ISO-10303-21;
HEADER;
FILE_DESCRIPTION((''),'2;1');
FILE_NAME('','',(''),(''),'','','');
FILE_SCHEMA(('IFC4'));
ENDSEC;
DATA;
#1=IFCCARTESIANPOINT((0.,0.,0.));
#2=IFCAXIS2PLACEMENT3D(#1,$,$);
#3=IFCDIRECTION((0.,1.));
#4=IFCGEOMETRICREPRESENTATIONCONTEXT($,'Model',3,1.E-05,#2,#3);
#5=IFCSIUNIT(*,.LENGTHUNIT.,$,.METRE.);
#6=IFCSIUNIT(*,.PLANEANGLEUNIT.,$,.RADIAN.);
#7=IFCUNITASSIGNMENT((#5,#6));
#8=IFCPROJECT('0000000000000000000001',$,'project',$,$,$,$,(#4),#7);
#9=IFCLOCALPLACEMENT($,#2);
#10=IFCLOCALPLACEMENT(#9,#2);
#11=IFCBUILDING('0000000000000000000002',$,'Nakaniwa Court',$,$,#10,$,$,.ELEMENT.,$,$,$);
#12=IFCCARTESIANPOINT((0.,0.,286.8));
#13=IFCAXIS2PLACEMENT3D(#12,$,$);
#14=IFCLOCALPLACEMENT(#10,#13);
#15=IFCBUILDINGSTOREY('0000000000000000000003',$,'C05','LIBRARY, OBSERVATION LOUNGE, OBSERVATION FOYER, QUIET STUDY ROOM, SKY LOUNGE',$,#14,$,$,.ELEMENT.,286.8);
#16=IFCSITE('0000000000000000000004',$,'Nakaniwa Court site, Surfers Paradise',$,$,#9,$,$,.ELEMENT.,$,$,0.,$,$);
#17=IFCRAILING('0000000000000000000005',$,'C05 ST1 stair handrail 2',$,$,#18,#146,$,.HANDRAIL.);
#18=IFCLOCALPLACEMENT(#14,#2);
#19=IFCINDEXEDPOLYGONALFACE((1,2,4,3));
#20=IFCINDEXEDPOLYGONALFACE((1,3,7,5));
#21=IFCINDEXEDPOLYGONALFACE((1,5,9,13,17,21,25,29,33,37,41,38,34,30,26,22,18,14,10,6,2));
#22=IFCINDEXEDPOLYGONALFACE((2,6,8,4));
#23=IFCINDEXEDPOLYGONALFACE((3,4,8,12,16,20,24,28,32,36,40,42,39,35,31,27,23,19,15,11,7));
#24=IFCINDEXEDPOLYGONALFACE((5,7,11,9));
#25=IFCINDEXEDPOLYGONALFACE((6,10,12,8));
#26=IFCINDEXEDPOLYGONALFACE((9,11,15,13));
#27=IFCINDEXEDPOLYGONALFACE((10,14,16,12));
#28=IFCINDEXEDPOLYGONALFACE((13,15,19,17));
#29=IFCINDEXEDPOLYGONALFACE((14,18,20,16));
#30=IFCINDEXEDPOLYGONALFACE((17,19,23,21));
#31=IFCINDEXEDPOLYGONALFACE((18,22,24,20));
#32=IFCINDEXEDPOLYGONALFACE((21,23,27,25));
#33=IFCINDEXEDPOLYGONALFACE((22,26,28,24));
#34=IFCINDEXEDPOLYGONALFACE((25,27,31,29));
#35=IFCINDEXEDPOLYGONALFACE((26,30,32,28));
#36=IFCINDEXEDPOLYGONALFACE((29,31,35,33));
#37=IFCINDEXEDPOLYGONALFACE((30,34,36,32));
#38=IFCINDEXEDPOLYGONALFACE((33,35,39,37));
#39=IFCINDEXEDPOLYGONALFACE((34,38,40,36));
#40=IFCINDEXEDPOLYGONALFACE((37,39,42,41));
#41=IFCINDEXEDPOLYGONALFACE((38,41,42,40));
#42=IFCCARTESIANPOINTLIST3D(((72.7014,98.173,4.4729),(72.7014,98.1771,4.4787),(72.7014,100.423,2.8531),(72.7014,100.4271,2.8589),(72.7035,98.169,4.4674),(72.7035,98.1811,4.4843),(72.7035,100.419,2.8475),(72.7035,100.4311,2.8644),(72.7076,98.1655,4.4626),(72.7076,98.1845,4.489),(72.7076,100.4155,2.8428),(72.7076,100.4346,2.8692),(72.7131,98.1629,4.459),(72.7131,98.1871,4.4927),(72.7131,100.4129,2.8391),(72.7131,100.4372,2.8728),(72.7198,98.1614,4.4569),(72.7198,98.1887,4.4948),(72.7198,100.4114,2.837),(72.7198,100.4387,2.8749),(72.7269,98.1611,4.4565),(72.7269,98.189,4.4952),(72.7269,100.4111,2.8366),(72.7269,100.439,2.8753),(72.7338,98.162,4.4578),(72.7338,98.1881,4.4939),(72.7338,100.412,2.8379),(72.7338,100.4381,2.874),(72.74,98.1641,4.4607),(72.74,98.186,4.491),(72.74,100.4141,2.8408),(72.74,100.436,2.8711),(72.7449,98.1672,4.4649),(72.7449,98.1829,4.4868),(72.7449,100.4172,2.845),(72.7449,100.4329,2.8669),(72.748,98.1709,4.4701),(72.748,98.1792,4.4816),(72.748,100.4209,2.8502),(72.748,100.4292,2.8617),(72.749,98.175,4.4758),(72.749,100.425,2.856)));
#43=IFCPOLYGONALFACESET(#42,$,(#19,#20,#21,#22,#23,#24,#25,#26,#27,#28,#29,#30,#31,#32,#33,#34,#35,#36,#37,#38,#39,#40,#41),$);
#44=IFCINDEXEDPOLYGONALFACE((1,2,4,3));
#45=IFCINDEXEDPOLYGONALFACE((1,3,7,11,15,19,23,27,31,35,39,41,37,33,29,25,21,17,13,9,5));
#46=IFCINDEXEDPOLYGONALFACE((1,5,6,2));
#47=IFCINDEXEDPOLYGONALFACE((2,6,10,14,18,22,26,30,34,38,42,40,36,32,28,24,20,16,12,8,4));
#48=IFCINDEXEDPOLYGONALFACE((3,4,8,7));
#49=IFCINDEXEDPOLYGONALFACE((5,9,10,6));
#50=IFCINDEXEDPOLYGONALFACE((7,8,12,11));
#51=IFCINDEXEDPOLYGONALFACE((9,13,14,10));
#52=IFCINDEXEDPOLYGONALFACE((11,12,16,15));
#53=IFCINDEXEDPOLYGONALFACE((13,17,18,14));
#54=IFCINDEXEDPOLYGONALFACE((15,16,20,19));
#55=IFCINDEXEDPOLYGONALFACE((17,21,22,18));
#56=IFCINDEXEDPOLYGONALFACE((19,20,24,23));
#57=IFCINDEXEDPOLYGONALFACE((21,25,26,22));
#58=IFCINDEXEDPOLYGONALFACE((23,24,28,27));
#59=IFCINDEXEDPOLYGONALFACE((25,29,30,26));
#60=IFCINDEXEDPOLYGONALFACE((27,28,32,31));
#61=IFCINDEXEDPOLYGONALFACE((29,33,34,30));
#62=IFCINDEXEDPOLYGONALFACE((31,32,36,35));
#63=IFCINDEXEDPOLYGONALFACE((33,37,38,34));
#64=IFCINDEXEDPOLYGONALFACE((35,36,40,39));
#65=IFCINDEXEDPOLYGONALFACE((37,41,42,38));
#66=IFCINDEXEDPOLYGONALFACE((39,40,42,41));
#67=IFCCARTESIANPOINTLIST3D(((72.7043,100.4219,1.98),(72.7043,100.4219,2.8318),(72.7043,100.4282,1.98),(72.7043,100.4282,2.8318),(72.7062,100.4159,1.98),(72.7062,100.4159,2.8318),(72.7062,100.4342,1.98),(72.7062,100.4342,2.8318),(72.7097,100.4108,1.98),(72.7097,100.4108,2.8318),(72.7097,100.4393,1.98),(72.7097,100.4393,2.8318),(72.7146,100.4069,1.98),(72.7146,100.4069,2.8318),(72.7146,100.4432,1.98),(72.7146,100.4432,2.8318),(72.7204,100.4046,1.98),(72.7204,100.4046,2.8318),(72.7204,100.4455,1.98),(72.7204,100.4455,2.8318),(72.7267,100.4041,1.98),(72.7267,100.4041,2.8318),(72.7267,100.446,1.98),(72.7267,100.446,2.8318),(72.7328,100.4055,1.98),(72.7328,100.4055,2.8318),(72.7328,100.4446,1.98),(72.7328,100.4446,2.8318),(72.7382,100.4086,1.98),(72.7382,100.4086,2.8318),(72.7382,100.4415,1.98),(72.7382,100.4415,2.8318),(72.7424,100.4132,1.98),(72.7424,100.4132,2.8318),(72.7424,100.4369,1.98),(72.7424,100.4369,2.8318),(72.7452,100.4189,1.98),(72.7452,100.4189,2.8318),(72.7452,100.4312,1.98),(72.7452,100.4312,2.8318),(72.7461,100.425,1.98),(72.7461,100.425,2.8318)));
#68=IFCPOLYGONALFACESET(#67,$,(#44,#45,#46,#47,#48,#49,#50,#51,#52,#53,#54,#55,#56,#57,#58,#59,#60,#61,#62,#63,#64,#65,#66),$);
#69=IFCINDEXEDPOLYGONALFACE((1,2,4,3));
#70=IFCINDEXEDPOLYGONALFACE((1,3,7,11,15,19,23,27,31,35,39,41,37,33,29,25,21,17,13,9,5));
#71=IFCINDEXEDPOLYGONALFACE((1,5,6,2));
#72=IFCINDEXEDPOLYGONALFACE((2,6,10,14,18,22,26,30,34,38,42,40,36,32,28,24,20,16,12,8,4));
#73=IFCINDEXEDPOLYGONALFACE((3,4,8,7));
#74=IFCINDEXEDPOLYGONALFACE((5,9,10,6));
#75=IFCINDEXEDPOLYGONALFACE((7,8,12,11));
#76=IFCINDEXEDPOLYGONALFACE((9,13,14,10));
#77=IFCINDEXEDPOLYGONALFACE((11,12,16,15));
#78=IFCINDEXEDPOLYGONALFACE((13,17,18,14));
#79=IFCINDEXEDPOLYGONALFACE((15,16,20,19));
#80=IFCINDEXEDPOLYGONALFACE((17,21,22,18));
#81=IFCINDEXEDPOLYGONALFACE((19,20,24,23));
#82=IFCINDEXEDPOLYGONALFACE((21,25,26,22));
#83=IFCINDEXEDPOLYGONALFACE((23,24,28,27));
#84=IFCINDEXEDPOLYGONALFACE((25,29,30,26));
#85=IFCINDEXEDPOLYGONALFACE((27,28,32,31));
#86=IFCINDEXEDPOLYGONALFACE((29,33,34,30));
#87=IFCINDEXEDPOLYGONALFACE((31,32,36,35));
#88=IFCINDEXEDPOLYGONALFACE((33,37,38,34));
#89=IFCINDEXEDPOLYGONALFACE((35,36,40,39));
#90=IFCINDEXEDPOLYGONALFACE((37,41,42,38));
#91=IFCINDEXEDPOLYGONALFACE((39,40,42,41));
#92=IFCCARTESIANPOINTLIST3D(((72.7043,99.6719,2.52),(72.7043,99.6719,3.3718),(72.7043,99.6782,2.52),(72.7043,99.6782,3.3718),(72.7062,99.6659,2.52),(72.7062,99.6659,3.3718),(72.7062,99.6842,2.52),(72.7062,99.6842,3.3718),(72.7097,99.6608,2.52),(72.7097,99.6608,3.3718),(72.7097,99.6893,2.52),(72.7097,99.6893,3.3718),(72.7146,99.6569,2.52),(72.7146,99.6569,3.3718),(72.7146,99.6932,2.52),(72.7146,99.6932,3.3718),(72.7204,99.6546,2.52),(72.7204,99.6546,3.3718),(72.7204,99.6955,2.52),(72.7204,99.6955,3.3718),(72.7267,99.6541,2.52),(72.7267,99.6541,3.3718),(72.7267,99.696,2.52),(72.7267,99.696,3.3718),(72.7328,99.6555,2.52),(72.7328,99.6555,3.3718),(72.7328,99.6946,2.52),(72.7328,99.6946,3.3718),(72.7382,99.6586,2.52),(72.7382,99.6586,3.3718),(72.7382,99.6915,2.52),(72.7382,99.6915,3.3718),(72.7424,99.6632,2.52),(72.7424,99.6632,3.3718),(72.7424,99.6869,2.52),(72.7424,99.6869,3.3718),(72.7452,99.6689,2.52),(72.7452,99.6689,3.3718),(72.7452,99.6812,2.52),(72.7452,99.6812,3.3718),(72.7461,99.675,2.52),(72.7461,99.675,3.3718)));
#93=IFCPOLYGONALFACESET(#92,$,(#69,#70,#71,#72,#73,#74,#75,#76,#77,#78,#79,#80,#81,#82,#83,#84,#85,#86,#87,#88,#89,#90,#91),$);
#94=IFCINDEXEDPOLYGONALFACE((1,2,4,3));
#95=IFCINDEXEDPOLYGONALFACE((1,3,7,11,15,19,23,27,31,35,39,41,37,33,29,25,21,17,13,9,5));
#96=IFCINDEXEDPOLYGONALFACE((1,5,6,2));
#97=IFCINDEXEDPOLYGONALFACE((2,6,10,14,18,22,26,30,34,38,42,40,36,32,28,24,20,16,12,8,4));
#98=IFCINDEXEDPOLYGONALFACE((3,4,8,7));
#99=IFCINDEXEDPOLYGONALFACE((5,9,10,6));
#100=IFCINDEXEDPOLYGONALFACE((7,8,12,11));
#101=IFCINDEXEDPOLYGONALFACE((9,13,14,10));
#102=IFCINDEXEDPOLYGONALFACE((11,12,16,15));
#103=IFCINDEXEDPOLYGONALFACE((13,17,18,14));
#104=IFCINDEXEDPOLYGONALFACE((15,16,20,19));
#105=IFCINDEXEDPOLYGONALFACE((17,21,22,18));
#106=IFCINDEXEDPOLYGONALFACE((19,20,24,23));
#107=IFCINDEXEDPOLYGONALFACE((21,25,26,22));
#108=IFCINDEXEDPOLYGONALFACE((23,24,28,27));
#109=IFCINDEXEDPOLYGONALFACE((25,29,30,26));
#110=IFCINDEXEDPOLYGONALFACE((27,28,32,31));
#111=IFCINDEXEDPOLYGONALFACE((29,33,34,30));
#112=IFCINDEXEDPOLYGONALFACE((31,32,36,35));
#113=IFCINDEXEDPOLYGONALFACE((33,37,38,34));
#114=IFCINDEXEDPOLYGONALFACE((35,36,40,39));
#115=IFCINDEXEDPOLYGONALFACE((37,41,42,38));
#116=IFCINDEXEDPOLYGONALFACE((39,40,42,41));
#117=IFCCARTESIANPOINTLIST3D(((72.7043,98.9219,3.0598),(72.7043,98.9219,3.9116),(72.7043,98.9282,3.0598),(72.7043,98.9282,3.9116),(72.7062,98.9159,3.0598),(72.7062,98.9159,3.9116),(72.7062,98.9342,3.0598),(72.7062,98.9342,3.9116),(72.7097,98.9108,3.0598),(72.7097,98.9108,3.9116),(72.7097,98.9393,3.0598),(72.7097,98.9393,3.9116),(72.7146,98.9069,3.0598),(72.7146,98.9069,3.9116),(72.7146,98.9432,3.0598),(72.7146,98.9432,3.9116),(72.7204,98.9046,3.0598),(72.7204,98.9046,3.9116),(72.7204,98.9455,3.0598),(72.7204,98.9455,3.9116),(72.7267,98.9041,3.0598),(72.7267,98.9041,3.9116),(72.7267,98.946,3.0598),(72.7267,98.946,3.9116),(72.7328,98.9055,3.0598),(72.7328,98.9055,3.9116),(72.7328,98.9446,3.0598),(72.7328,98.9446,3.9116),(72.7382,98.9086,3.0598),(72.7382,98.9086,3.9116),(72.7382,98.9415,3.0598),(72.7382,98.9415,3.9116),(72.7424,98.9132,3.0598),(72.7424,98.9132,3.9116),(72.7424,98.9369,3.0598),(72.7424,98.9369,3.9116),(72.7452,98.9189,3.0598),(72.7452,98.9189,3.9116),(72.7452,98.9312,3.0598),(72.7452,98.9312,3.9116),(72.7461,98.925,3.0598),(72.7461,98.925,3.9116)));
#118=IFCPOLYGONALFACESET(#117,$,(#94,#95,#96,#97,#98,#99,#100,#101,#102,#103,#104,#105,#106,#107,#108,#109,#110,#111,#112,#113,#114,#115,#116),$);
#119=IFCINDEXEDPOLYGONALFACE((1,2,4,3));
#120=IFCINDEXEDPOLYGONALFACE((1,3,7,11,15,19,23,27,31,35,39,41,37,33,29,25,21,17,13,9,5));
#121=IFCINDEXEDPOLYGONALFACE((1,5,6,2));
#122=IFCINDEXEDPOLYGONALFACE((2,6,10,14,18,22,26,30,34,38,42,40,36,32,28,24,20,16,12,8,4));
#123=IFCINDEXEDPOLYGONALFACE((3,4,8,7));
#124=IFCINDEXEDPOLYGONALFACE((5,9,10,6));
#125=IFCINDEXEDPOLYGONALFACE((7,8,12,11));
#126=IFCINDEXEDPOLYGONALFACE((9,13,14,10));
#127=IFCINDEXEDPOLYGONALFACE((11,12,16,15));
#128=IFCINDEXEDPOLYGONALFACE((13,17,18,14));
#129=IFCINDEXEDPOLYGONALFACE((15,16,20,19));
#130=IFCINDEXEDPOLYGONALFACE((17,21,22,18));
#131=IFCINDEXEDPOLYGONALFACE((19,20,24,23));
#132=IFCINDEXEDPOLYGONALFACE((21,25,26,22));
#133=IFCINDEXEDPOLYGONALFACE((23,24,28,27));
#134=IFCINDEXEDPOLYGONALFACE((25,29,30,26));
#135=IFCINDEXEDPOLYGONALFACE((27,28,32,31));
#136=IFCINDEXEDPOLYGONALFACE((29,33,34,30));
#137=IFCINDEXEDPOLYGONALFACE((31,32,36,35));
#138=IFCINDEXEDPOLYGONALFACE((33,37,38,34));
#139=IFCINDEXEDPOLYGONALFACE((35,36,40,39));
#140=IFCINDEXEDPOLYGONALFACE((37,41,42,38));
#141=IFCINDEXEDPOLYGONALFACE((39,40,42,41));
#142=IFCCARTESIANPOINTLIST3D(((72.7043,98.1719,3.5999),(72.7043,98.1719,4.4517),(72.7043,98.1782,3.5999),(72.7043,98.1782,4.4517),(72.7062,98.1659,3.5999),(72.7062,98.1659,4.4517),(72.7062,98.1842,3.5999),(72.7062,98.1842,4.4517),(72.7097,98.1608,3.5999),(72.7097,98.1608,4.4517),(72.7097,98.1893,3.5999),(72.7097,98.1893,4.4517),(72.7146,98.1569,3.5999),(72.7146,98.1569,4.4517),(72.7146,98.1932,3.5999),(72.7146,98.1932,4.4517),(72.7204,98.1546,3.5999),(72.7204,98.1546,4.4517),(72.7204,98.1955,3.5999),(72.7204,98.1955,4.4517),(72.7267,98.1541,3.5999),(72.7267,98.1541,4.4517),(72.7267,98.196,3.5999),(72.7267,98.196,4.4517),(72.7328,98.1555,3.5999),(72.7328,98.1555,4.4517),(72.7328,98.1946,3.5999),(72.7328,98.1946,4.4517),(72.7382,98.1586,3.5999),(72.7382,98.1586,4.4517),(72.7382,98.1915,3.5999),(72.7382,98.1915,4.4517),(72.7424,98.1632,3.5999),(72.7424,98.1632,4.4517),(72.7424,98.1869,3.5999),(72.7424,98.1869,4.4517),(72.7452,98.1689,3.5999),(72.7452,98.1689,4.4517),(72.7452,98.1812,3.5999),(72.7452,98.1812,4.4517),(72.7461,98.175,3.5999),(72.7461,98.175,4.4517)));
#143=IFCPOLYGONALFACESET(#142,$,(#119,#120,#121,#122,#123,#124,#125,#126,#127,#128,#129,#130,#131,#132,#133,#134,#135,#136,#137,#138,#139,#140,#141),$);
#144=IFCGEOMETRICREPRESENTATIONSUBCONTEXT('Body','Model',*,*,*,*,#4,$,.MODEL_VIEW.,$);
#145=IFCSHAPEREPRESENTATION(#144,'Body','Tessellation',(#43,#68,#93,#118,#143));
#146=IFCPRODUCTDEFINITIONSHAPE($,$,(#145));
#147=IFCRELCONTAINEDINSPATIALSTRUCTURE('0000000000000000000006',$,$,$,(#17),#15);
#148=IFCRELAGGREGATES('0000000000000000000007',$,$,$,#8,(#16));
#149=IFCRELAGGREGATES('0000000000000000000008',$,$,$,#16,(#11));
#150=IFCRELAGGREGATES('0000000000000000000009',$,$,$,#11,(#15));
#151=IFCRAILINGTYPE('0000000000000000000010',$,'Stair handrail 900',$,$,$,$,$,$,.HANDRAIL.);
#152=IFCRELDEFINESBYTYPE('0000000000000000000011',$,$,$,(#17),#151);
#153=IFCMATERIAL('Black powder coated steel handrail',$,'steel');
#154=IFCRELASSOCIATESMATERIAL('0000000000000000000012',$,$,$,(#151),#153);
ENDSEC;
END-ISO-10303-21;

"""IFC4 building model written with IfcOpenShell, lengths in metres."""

from ifc_helpers import new_model, si_unit, direction, frame, origin, origin_2d, place, context, subcontext, project, spatial, circle, extrude, material, type_object, element, save


model = new_model("IFC4")

# Units and contexts
model_context = context("Model", 3, precision=1e-05, world=origin(), true_north=direction((0.0, 1.0)))
body_context = subcontext(model_context, "Body", "Model", "MODEL_VIEW")
ifc_project = project(units=[si_unit("LENGTHUNIT", "METRE"), si_unit("PLANEANGLEUNIT", "RADIAN")], contexts=[model_context])

# Site, building, storey
site_placement = place(None, origin())
site = spatial("IfcSite", under=ifc_project, at=site_placement, Name="Nakaniwa Court site, Surfers Paradise", CompositionType="ELEMENT", RefElevation=0.0)
building_placement = place(site_placement, origin())
building = spatial("IfcBuilding", under=site, at=building_placement, Name="Nakaniwa Court", CompositionType="ELEMENT")
storey_placement = place(building_placement, frame((0.0, 0.0, 286.8)))
storey = spatial("IfcBuildingStorey", under=building, at=storey_placement, Name="C05", Description="LIBRARY, OBSERVATION LOUNGE, OBSERVATION FOYER, QUIET STUDY ROOM, SKY LOUNGE", CompositionType="ELEMENT", Elevation=286.8)

# Railing
ifc_material_1 = material(Name="Black powder coated steel handrail", Category="steel")
railing_type_1 = type_object("IfcRailingType", Name="Stair handrail 900", PredefinedType="HANDRAIL", material=ifc_material_1)
for number, where, name in (
    (1, (72.7251, 100.425, 1.98), "C05 ST1 stair handrail 2"),
):
    element("IfcRailing", number, at=place(storey_placement, frame(where)), inside=storey, type_object=railing_type_1, Name=name, PredefinedType="HANDRAIL", context=body_context, shape_type="SweptSolid", body=[
        extrude(circle(Radius=0.0239, at=origin_2d()), frame((0.0, 0.0, 0.876), z_axis=(0.0, -0.811556, 0.584275), x_axis=(1.0, 0.0, 0.0)), (0.0, 0.0, 1.0), 2.7725),
        extrude(circle(Radius=0.021, at=origin_2d()), origin(), (0.0, 0.0, 1.0), 0.8518),
        extrude(circle(Radius=0.021, at=origin_2d()), frame((0.0, -0.75, 0.54)), (0.0, 0.0, 1.0), 0.8518),
        extrude(circle(Radius=0.021, at=origin_2d()), frame((0.0, -1.5, 1.0798)), (0.0, 0.0, 1.0), 0.8518),
        extrude(circle(Radius=0.021, at=origin_2d()), frame((0.0, -2.25, 1.6199)), (0.0, 0.0, 1.0), 0.8518),
    ])

save(model, "model.ifc")
